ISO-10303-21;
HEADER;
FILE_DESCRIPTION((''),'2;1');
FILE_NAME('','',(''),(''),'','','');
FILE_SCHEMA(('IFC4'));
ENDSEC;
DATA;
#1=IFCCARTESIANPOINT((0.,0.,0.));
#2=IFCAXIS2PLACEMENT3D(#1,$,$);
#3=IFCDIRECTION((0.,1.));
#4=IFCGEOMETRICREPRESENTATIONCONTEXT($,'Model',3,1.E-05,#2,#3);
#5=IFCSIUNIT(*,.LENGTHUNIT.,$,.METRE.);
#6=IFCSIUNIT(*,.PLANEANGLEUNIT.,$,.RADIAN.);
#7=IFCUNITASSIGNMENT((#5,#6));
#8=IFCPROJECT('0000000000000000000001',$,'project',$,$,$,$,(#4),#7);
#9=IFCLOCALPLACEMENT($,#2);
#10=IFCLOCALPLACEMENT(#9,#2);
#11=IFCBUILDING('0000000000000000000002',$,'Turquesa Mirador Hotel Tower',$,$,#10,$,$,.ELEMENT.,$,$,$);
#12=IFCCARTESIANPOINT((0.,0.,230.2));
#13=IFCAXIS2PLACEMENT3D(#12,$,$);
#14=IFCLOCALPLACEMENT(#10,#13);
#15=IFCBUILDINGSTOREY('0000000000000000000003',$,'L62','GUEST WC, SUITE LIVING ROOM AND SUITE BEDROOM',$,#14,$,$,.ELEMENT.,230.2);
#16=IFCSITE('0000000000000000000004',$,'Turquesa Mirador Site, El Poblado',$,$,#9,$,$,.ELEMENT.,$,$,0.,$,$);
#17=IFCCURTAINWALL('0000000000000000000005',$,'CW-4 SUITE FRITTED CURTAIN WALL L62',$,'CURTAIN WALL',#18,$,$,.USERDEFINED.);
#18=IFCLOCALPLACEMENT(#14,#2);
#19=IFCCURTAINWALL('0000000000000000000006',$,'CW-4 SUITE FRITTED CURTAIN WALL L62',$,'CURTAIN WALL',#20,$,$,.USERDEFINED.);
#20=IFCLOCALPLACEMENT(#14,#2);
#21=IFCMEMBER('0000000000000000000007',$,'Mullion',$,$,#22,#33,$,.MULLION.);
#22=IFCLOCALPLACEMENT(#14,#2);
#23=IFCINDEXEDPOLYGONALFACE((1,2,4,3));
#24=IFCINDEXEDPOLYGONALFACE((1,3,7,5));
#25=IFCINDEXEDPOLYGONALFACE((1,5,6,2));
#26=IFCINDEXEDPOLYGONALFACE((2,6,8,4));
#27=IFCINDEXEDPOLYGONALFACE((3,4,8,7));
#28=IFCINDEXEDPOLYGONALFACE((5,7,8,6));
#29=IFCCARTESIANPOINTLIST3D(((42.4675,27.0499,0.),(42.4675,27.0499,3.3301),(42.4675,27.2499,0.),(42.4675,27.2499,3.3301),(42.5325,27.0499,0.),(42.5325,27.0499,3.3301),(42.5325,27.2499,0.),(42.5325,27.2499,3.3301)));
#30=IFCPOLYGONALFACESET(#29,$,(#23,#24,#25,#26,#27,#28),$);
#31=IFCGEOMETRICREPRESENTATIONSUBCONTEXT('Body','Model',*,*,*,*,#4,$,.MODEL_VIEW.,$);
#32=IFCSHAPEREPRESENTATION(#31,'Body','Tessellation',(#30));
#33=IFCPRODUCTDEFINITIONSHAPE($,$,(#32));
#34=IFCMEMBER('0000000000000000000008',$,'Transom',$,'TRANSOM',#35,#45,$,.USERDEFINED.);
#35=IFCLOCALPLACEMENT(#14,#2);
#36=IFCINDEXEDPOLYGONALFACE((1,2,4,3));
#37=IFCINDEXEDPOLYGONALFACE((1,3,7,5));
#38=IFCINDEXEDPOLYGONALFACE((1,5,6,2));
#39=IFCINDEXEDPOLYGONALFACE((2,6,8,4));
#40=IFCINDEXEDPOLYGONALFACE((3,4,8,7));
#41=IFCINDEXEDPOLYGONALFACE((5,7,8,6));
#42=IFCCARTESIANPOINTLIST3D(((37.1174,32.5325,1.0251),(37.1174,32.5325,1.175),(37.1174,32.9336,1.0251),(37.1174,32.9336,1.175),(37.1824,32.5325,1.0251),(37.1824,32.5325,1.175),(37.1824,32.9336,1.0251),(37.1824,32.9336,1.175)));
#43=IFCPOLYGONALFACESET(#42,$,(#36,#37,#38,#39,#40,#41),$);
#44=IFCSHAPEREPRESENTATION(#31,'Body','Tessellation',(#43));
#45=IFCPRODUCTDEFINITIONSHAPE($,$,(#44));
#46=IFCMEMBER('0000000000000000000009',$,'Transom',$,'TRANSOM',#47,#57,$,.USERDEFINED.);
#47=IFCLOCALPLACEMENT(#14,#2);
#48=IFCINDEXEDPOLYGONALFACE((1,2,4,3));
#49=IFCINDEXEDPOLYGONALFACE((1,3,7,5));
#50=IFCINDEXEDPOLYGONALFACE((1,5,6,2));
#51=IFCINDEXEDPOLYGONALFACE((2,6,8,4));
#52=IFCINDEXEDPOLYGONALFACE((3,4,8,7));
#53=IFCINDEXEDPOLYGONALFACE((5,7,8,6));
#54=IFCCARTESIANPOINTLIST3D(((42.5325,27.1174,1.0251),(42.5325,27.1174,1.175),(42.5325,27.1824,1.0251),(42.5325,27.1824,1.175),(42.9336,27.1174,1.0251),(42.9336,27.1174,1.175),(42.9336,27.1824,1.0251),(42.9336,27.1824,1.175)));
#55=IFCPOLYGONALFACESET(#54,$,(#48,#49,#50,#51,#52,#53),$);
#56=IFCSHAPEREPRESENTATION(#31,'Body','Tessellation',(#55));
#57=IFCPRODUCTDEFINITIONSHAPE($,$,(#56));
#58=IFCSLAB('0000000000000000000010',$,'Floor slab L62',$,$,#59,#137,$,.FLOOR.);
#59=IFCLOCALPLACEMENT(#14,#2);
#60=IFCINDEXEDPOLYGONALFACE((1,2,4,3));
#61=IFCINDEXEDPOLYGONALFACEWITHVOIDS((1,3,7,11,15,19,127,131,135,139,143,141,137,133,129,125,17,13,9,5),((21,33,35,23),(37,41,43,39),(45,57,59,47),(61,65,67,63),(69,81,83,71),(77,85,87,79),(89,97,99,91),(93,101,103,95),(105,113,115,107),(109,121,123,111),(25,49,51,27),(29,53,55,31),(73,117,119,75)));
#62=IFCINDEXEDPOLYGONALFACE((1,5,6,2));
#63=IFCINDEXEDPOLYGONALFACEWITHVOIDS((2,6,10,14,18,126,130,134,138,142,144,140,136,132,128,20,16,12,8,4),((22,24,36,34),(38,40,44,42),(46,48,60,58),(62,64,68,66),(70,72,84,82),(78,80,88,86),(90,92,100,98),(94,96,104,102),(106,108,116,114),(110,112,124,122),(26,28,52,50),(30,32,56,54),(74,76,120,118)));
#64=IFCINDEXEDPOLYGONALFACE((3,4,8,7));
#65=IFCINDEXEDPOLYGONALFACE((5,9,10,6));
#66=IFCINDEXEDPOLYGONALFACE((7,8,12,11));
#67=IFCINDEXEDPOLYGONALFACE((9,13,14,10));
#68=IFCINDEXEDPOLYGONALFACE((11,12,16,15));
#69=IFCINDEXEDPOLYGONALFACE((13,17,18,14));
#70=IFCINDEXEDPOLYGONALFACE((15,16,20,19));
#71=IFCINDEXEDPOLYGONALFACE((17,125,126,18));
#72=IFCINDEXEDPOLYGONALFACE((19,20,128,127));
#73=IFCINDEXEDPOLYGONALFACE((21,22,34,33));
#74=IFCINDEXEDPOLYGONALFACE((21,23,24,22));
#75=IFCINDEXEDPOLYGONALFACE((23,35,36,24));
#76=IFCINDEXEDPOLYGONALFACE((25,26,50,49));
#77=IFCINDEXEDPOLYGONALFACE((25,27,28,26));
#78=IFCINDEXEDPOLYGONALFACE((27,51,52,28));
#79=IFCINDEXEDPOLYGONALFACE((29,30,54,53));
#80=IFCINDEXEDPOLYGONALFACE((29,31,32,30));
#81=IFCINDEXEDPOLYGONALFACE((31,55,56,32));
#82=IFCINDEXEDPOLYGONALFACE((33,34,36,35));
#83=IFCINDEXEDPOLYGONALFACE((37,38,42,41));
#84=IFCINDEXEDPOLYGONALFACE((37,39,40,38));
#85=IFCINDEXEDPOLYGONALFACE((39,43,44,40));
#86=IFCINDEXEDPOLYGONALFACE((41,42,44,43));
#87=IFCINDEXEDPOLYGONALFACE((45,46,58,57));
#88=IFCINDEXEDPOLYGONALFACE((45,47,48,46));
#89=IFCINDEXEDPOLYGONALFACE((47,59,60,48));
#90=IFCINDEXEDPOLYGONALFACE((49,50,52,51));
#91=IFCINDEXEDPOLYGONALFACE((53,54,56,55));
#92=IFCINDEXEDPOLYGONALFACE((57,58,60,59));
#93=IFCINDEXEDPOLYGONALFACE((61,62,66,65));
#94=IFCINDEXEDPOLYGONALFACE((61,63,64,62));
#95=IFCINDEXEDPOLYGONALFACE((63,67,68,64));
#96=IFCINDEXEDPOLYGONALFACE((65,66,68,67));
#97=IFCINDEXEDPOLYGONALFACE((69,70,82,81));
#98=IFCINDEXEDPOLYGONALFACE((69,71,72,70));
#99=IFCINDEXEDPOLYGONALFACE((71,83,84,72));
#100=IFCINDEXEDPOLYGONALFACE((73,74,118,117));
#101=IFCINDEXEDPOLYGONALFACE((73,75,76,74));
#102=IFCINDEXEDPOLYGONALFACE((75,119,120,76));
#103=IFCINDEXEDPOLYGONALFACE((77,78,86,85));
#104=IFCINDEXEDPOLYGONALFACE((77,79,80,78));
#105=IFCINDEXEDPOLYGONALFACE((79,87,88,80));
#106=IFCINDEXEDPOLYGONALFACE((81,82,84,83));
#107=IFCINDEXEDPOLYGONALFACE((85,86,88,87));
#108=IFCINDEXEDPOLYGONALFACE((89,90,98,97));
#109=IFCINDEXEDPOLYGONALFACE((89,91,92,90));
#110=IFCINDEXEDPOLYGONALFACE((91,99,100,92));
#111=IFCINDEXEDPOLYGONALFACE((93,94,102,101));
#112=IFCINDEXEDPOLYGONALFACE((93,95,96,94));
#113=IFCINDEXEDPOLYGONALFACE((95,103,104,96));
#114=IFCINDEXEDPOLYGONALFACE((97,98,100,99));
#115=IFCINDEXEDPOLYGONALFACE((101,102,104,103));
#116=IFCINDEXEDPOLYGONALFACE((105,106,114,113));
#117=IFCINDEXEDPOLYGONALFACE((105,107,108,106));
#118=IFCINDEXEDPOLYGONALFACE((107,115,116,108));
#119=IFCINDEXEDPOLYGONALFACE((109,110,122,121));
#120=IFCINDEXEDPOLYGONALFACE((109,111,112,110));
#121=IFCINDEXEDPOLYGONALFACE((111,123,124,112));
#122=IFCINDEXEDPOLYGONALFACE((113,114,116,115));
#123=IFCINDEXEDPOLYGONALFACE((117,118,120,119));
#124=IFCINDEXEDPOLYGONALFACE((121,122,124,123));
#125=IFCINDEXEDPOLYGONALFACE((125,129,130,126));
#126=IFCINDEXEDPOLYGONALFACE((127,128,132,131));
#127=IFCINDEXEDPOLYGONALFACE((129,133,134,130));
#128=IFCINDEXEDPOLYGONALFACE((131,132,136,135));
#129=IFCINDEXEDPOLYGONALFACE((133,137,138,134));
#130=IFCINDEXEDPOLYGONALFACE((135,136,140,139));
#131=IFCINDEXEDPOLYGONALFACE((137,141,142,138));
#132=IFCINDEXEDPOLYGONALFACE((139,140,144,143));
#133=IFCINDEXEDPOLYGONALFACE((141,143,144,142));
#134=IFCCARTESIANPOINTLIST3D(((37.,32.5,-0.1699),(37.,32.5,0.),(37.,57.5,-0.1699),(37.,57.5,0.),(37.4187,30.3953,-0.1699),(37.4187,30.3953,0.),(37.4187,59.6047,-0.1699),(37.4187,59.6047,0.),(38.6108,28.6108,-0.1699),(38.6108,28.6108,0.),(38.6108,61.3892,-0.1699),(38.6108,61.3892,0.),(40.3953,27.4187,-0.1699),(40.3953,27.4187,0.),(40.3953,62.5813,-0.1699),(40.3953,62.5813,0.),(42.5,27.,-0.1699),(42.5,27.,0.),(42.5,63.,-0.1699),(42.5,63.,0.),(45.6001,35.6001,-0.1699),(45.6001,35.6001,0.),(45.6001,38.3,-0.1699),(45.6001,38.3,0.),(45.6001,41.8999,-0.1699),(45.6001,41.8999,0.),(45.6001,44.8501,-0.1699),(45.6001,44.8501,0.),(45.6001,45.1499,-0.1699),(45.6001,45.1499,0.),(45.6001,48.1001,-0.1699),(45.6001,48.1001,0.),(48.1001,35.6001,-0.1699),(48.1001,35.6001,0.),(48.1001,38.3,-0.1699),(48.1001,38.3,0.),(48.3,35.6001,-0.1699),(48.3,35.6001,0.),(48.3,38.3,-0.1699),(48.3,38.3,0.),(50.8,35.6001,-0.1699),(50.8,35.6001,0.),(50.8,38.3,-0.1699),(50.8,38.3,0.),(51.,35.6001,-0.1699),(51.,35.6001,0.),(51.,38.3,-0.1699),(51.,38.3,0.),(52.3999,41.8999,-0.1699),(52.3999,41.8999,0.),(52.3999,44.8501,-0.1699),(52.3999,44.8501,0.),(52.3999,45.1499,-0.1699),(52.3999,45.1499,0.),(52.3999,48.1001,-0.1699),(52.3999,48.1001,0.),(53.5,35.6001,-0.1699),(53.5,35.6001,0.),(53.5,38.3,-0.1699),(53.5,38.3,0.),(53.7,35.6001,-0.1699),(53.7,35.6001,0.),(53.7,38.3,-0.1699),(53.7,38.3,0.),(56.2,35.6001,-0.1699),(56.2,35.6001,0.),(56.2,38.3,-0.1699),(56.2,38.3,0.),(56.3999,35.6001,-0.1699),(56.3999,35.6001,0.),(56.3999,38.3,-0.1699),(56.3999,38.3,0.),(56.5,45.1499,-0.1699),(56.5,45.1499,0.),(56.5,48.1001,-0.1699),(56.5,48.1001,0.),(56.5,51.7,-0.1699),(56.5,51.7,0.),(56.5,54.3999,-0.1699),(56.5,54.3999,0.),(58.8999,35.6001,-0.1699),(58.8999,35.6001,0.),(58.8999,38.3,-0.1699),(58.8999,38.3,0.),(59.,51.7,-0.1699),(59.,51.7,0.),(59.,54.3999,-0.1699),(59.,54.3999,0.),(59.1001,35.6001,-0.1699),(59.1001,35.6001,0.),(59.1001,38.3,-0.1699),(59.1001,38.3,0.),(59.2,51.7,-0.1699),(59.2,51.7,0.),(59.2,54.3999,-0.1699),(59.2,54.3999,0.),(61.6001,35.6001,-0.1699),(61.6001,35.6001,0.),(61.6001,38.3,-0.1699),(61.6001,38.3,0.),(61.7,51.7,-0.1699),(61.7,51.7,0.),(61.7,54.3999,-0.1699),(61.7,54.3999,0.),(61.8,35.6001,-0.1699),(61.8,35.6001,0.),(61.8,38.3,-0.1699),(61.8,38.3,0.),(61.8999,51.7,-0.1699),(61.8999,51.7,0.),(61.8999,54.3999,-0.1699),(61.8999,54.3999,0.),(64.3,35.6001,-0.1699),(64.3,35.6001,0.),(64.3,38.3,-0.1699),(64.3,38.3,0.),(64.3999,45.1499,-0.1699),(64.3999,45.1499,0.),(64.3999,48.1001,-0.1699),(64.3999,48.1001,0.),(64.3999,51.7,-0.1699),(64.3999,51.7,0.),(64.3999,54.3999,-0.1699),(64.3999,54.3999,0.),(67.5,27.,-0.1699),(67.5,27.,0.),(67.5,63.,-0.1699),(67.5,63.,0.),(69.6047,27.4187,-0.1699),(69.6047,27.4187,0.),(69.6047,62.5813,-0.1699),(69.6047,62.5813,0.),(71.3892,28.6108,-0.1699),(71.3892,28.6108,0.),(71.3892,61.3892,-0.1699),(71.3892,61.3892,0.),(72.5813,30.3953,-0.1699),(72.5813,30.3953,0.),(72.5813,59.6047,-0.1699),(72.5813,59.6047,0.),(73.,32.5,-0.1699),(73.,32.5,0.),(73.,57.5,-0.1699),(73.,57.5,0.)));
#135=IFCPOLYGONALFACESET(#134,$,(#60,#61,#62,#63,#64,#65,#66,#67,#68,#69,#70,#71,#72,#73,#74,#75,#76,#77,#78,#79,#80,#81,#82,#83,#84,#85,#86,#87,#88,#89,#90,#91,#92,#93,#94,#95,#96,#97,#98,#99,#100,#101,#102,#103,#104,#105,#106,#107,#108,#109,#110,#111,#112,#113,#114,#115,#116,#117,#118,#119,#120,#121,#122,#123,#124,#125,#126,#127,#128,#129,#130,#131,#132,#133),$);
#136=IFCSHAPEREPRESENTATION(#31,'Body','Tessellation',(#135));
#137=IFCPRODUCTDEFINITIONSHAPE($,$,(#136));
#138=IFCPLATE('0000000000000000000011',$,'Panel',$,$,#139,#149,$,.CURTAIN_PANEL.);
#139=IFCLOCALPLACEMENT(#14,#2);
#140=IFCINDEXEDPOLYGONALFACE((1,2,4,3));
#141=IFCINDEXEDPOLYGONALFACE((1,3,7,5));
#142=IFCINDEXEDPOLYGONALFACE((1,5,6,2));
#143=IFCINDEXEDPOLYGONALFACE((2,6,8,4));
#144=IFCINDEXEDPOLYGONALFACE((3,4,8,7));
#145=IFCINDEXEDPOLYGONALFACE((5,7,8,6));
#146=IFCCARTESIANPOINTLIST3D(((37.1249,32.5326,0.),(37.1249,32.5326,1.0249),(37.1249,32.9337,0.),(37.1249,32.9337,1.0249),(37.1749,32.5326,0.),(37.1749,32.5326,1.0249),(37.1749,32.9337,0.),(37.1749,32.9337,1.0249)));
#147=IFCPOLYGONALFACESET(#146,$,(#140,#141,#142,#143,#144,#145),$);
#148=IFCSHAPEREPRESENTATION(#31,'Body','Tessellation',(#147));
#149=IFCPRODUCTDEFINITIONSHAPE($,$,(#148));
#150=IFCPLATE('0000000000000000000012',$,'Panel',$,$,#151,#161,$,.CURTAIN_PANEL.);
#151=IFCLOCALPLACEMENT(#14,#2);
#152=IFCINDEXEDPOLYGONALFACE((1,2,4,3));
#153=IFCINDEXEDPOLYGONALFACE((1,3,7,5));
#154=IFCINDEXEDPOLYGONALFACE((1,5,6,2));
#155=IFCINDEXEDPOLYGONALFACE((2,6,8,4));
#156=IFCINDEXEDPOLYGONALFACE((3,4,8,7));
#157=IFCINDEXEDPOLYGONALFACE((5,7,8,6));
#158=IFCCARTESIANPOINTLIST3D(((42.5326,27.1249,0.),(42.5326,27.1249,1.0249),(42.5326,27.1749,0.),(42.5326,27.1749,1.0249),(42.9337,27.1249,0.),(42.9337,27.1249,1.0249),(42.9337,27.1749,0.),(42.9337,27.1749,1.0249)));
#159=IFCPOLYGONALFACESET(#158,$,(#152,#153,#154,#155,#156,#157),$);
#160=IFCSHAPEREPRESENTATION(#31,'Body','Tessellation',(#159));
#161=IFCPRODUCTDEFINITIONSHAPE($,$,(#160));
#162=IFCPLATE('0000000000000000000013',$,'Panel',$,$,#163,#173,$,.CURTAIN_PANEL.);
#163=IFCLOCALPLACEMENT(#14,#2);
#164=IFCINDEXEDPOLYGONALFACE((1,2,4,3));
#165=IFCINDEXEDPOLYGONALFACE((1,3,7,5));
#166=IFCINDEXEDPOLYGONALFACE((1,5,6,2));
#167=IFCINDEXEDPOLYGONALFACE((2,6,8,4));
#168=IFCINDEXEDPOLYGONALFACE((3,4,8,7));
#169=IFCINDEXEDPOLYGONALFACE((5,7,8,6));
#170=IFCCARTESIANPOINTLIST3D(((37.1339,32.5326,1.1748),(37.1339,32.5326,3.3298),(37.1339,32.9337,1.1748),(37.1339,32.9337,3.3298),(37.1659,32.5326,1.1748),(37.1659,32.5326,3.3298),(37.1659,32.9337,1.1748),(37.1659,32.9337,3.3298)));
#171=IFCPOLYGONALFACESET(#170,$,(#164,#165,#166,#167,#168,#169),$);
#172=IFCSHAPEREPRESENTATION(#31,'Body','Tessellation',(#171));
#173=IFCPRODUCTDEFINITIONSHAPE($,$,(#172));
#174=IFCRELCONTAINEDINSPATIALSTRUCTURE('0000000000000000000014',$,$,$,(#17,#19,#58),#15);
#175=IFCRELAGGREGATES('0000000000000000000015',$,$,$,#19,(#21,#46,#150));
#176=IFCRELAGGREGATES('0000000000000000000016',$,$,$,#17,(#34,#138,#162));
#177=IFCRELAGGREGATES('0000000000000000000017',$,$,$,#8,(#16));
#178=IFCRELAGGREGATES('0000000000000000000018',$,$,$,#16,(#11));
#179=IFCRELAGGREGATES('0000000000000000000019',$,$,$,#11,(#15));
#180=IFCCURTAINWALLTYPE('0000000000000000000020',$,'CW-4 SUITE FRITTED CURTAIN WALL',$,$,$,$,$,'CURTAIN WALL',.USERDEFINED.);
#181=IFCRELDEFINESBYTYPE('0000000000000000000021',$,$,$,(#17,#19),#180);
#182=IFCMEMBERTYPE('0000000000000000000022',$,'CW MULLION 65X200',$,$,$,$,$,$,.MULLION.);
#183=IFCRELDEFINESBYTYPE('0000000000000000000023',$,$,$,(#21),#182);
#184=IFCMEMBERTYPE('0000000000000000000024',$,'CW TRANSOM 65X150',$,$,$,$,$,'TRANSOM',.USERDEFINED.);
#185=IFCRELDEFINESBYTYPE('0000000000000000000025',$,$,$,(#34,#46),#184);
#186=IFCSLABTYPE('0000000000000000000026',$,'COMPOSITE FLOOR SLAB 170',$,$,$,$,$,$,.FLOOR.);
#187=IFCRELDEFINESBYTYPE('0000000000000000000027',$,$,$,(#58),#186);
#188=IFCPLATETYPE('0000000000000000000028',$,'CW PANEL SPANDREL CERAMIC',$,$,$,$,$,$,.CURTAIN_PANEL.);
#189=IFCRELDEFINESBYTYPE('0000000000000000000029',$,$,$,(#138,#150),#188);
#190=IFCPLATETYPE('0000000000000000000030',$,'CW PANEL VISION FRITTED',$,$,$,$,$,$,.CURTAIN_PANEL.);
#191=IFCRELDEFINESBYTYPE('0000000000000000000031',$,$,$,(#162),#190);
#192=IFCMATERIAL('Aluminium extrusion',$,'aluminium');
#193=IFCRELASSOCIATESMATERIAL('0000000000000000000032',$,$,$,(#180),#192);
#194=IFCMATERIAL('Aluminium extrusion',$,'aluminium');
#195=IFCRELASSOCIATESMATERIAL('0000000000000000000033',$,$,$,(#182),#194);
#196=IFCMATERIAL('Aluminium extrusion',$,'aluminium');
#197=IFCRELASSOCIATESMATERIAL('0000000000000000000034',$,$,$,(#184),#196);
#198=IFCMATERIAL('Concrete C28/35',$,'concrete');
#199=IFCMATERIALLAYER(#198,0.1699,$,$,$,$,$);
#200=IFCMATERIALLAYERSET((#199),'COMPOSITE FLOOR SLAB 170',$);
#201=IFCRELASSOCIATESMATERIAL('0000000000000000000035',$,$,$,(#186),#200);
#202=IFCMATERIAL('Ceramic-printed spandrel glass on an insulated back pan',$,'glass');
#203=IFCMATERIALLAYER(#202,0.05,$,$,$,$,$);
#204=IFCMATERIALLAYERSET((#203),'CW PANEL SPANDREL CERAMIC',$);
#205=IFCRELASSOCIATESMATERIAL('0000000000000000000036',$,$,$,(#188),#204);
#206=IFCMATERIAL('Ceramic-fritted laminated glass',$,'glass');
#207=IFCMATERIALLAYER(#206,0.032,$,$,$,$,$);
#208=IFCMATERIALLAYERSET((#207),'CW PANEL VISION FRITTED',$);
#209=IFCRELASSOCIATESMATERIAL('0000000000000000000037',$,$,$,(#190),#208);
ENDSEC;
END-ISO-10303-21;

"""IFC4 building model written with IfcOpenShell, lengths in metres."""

from ifc_helpers import new_model, si_unit, direction, frame, origin, origin_2d, place, context, subcontext, project, spatial, polyline, rectangle, outline, extrude, material, layer, layer_set, material_profile, profile_set, type_object, element, aggregate, save


model = new_model("IFC4")

# Units and contexts
model_context = context("Model", 3, precision=1e-05, world=origin(), true_north=direction((0.0, 1.0)))
body_context = subcontext(model_context, "Body", "Model", "MODEL_VIEW")
ifc_project = project(units=[si_unit("LENGTHUNIT", "METRE"), si_unit("PLANEANGLEUNIT", "RADIAN")], contexts=[model_context])

# Site, building, storey
site_placement = place(None, origin())
site = spatial("IfcSite", under=ifc_project, at=site_placement, Name="Turquesa Mirador Site, El Poblado", CompositionType="ELEMENT", RefElevation=0.0)
building_placement = place(site_placement, origin())
building = spatial("IfcBuilding", under=site, at=building_placement, Name="Turquesa Mirador Hotel Tower", CompositionType="ELEMENT")
storey_placement = place(building_placement, frame((0.0, 0.0, 230.2)))
storey = spatial("IfcBuildingStorey", under=building, at=storey_placement, Name="L62", Description="GUEST WC, SUITE LIVING ROOM AND SUITE BEDROOM", CompositionType="ELEMENT", Elevation=230.2)

# Curtain wall
ifc_material_1 = material(Name="Aluminium extrusion", Category="aluminium")
curtain_wall_type = type_object("IfcCurtainWallType", Name="CW-4 SUITE FRITTED CURTAIN WALL", ElementType="CURTAIN WALL", PredefinedType="USERDEFINED", material=ifc_material_1)
curtain_wall_1_placement = place(storey_placement, origin())
curtain_wall_1 = element("IfcCurtainWall", 1, at=curtain_wall_1_placement, inside=storey, type_object=curtain_wall_type, Name="CW-4 SUITE FRITTED CURTAIN WALL L62", ObjectType="CURTAIN WALL", PredefinedType="USERDEFINED")
ifc_material_2 = material(Name="Aluminium extrusion", Category="aluminium")
ifc_material_profile_1 = material_profile(ifc_material_2, rectangle(XDim=0.0649, YDim=0.2, at=origin_2d()), Name="MULLION 65X200")
ifc_profile_set_1 = profile_set([ifc_material_profile_1], Name="Aluminium extrusion")
member_type_1 = type_object("IfcMemberType", Name="CW MULLION 65X200", PredefinedType="MULLION", material=ifc_profile_set_1)

# Curtain wall, member
curtain_wall_2_placement = place(storey_placement, origin())
curtain_wall_2 = element("IfcCurtainWall", 2, at=curtain_wall_2_placement, inside=storey, type_object=curtain_wall_type, Name="CW-4 SUITE FRITTED CURTAIN WALL L62", ObjectType="CURTAIN WALL", PredefinedType="USERDEFINED")
member_1_placement = place(storey_placement, frame((42.5, 27.1499, 0.0), z_axis=(0.0, 0.0, 1.0), x_axis=(1.0, 0.0, 0.0)))
member_1 = element("IfcMember", 3, at=member_1_placement, type_object=member_type_1, Name="Mullion", PredefinedType="MULLION", context=body_context, shape_type="SweptSolid", body=[
    extrude(rectangle(XDim=0.0649, YDim=0.2, at=origin_2d()), origin(), (0.0, 0.0, 1.0), 3.3301),
])

# Members
ifc_material_3 = material(Name="Aluminium extrusion", Category="aluminium")
ifc_material_profile_2 = material_profile(ifc_material_3, rectangle(XDim=0.0649, YDim=0.1499, at=origin_2d()), Name="TRANSOM 65X150")
ifc_profile_set_2 = profile_set([ifc_material_profile_2], Name="Aluminium extrusion")
member_type_2 = type_object("IfcMemberType", Name="CW TRANSOM 65X150", ElementType="TRANSOM", PredefinedType="USERDEFINED", material=ifc_profile_set_2)
member_2_placement = place(storey_placement, frame((37.1499, 32.9336, 1.1001), z_axis=(0.0, -1.0, 0.0), x_axis=(1.0, 0.0, 0.0)))
member_2 = element("IfcMember", 4, at=member_2_placement, type_object=member_type_2, Name="Transom", ObjectType="TRANSOM", PredefinedType="USERDEFINED", context=body_context, shape_type="SweptSolid", body=[
    extrude(rectangle(XDim=0.0649, YDim=0.1499, at=origin_2d()), origin(), (0.0, 0.0, 1.0), 0.4011),
])
member_3_placement = place(storey_placement, frame((42.5325, 27.1499, 1.1001), z_axis=(1.0, 0.0, 0.0), x_axis=(0.0, 1.0, 0.0)))
member_3 = element("IfcMember", 5, at=member_3_placement, type_object=member_type_2, Name="Transom", ObjectType="TRANSOM", PredefinedType="USERDEFINED", context=body_context, shape_type="SweptSolid", body=[
    extrude(rectangle(XDim=0.0649, YDim=0.1499, at=origin_2d()), origin(), (0.0, 0.0, 1.0), 0.4011),
])

# Slab
ifc_material_4 = material(Name="Concrete C28/35", Category="concrete")
ifc_layer_1 = layer(ifc_material_4, 0.1699)
ifc_layer_set_1 = layer_set([ifc_layer_1], Name="COMPOSITE FLOOR SLAB 170")
slab_type_1 = type_object("IfcSlabType", Name="COMPOSITE FLOOR SLAB 170", PredefinedType="FLOOR", material=ifc_layer_set_1)
slab_1_placement = place(storey_placement, frame((0.0, 0.0, -0.1699)))
element("IfcSlab", 6, at=slab_1_placement, inside=storey, type_object=slab_type_1, Name="Floor slab L62", PredefinedType="FLOOR", context=body_context, shape_type="SweptSolid", body=[
    extrude(outline(polyline([(67.5, 27.0), (69.6047, 27.4187), (71.3892, 28.6108), (72.5813, 30.3953), (73.0, 32.5), (73.0, 57.5), (72.5813, 59.6047), (71.3892, 61.3892), (69.6047, 62.5813), (67.5, 63.0), (42.5, 63.0), (40.3953, 62.5813), (38.6108, 61.3892), (37.4187, 59.6047), (37.0, 57.5), (37.0, 32.5), (37.4187, 30.3953), (38.6108, 28.6108), (40.3953, 27.4187), (42.5, 27.0), (67.5, 27.0)]), holes=[polyline([(56.5, 51.7), (59.0, 51.7), (59.0, 54.3999), (56.5, 54.3999), (56.5, 51.7)]), polyline([(59.2, 51.7), (61.7, 51.7), (61.7, 54.3999), (59.2, 54.3999), (59.2, 51.7)]), polyline([(45.6001, 35.6001), (48.1001, 35.6001), (48.1001, 38.3), (45.6001, 38.3), (45.6001, 35.6001)]), polyline([(48.3, 35.6001), (50.8, 35.6001), (50.8, 38.3), (48.3, 38.3), (48.3, 35.6001)]), polyline([(51.0, 35.6001), (53.5, 35.6001), (53.5, 38.3), (51.0, 38.3), (51.0, 35.6001)]), polyline([(53.7, 35.6001), (56.2, 35.6001), (56.2, 38.3), (53.7, 38.3), (53.7, 35.6001)]), polyline([(56.3999, 35.6001), (58.8999, 35.6001), (58.8999, 38.3), (56.3999, 38.3), (56.3999, 35.6001)]), polyline([(59.1001, 35.6001), (61.6001, 35.6001), (61.6001, 38.3), (59.1001, 38.3), (59.1001, 35.6001)]), polyline([(61.8, 35.6001), (64.3, 35.6001), (64.3, 38.3), (61.8, 38.3), (61.8, 35.6001)]), polyline([(45.6001, 45.1499), (52.3999, 45.1499), (52.3999, 48.1001), (45.6001, 48.1001), (45.6001, 45.1499)]), polyline([(45.6001, 41.8999), (52.3999, 41.8999), (52.3999, 44.8501), (45.6001, 44.8501), (45.6001, 41.8999)]), polyline([(56.5, 45.1499), (64.3999, 45.1499), (64.3999, 48.1001), (56.5, 48.1001), (56.5, 45.1499)]), polyline([(61.8999, 51.7), (64.3999, 51.7), (64.3999, 54.3999), (61.8999, 54.3999), (61.8999, 51.7)])]), origin(), (0.0, 0.0, 1.0), 0.1699),
])

# Plates
ifc_material_5 = material(Name="Ceramic-printed spandrel glass on an insulated back pan", Category="glass")
ifc_layer_2 = layer(ifc_material_5, 0.05)
ifc_layer_set_2 = layer_set([ifc_layer_2], Name="CW PANEL SPANDREL CERAMIC")
plate_type_1 = type_object("IfcPlateType", Name="CW PANEL SPANDREL CERAMIC", PredefinedType="CURTAIN_PANEL", material=ifc_layer_set_2)
plate_1_placement = place(storey_placement, frame((37.1499, 32.7332, 0.0), z_axis=(0.0, 0.0, 1.0), x_axis=(0.0, -1.0, 0.0)))
plate_1 = element("IfcPlate", 7, at=plate_1_placement, type_object=plate_type_1, Name="Panel", PredefinedType="CURTAIN_PANEL", context=body_context, shape_type="SweptSolid", body=[
    extrude(rectangle(XDim=0.4011, YDim=0.05, at=origin_2d()), origin(), (0.0, 0.0, 1.0), 1.0249),
])
plate_2_placement = place(storey_placement, frame((42.7332, 27.1499, 0.0), z_axis=(0.0, 0.0, 1.0), x_axis=(1.0, 0.0, 0.0)))
plate_2 = element("IfcPlate", 8, at=plate_2_placement, type_object=plate_type_1, Name="Panel", PredefinedType="CURTAIN_PANEL", context=body_context, shape_type="SweptSolid", body=[
    extrude(rectangle(XDim=0.4011, YDim=0.05, at=origin_2d()), origin(), (0.0, 0.0, 1.0), 1.0249),
])
aggregate(curtain_wall_2, [member_1, member_3, plate_2])
ifc_material_6 = material(Name="Ceramic-fritted laminated glass", Category="glass")
ifc_layer_3 = layer(ifc_material_6, 0.032)
ifc_layer_set_3 = layer_set([ifc_layer_3], Name="CW PANEL VISION FRITTED")
plate_type_2 = type_object("IfcPlateType", Name="CW PANEL VISION FRITTED", PredefinedType="CURTAIN_PANEL", material=ifc_layer_set_3)
plate_3_placement = place(storey_placement, frame((37.1499, 32.7332, 1.1748), z_axis=(0.0, 0.0, 1.0), x_axis=(0.0, -1.0, 0.0)))
plate_3 = element("IfcPlate", 9, at=plate_3_placement, type_object=plate_type_2, Name="Panel", PredefinedType="CURTAIN_PANEL", context=body_context, shape_type="SweptSolid", body=[
    extrude(rectangle(XDim=0.4011, YDim=0.032, at=origin_2d()), origin(), (0.0, 0.0, 1.0), 2.155),
])
aggregate(curtain_wall_1, [member_2, plate_1, plate_3])

save(model, "model.ifc")
